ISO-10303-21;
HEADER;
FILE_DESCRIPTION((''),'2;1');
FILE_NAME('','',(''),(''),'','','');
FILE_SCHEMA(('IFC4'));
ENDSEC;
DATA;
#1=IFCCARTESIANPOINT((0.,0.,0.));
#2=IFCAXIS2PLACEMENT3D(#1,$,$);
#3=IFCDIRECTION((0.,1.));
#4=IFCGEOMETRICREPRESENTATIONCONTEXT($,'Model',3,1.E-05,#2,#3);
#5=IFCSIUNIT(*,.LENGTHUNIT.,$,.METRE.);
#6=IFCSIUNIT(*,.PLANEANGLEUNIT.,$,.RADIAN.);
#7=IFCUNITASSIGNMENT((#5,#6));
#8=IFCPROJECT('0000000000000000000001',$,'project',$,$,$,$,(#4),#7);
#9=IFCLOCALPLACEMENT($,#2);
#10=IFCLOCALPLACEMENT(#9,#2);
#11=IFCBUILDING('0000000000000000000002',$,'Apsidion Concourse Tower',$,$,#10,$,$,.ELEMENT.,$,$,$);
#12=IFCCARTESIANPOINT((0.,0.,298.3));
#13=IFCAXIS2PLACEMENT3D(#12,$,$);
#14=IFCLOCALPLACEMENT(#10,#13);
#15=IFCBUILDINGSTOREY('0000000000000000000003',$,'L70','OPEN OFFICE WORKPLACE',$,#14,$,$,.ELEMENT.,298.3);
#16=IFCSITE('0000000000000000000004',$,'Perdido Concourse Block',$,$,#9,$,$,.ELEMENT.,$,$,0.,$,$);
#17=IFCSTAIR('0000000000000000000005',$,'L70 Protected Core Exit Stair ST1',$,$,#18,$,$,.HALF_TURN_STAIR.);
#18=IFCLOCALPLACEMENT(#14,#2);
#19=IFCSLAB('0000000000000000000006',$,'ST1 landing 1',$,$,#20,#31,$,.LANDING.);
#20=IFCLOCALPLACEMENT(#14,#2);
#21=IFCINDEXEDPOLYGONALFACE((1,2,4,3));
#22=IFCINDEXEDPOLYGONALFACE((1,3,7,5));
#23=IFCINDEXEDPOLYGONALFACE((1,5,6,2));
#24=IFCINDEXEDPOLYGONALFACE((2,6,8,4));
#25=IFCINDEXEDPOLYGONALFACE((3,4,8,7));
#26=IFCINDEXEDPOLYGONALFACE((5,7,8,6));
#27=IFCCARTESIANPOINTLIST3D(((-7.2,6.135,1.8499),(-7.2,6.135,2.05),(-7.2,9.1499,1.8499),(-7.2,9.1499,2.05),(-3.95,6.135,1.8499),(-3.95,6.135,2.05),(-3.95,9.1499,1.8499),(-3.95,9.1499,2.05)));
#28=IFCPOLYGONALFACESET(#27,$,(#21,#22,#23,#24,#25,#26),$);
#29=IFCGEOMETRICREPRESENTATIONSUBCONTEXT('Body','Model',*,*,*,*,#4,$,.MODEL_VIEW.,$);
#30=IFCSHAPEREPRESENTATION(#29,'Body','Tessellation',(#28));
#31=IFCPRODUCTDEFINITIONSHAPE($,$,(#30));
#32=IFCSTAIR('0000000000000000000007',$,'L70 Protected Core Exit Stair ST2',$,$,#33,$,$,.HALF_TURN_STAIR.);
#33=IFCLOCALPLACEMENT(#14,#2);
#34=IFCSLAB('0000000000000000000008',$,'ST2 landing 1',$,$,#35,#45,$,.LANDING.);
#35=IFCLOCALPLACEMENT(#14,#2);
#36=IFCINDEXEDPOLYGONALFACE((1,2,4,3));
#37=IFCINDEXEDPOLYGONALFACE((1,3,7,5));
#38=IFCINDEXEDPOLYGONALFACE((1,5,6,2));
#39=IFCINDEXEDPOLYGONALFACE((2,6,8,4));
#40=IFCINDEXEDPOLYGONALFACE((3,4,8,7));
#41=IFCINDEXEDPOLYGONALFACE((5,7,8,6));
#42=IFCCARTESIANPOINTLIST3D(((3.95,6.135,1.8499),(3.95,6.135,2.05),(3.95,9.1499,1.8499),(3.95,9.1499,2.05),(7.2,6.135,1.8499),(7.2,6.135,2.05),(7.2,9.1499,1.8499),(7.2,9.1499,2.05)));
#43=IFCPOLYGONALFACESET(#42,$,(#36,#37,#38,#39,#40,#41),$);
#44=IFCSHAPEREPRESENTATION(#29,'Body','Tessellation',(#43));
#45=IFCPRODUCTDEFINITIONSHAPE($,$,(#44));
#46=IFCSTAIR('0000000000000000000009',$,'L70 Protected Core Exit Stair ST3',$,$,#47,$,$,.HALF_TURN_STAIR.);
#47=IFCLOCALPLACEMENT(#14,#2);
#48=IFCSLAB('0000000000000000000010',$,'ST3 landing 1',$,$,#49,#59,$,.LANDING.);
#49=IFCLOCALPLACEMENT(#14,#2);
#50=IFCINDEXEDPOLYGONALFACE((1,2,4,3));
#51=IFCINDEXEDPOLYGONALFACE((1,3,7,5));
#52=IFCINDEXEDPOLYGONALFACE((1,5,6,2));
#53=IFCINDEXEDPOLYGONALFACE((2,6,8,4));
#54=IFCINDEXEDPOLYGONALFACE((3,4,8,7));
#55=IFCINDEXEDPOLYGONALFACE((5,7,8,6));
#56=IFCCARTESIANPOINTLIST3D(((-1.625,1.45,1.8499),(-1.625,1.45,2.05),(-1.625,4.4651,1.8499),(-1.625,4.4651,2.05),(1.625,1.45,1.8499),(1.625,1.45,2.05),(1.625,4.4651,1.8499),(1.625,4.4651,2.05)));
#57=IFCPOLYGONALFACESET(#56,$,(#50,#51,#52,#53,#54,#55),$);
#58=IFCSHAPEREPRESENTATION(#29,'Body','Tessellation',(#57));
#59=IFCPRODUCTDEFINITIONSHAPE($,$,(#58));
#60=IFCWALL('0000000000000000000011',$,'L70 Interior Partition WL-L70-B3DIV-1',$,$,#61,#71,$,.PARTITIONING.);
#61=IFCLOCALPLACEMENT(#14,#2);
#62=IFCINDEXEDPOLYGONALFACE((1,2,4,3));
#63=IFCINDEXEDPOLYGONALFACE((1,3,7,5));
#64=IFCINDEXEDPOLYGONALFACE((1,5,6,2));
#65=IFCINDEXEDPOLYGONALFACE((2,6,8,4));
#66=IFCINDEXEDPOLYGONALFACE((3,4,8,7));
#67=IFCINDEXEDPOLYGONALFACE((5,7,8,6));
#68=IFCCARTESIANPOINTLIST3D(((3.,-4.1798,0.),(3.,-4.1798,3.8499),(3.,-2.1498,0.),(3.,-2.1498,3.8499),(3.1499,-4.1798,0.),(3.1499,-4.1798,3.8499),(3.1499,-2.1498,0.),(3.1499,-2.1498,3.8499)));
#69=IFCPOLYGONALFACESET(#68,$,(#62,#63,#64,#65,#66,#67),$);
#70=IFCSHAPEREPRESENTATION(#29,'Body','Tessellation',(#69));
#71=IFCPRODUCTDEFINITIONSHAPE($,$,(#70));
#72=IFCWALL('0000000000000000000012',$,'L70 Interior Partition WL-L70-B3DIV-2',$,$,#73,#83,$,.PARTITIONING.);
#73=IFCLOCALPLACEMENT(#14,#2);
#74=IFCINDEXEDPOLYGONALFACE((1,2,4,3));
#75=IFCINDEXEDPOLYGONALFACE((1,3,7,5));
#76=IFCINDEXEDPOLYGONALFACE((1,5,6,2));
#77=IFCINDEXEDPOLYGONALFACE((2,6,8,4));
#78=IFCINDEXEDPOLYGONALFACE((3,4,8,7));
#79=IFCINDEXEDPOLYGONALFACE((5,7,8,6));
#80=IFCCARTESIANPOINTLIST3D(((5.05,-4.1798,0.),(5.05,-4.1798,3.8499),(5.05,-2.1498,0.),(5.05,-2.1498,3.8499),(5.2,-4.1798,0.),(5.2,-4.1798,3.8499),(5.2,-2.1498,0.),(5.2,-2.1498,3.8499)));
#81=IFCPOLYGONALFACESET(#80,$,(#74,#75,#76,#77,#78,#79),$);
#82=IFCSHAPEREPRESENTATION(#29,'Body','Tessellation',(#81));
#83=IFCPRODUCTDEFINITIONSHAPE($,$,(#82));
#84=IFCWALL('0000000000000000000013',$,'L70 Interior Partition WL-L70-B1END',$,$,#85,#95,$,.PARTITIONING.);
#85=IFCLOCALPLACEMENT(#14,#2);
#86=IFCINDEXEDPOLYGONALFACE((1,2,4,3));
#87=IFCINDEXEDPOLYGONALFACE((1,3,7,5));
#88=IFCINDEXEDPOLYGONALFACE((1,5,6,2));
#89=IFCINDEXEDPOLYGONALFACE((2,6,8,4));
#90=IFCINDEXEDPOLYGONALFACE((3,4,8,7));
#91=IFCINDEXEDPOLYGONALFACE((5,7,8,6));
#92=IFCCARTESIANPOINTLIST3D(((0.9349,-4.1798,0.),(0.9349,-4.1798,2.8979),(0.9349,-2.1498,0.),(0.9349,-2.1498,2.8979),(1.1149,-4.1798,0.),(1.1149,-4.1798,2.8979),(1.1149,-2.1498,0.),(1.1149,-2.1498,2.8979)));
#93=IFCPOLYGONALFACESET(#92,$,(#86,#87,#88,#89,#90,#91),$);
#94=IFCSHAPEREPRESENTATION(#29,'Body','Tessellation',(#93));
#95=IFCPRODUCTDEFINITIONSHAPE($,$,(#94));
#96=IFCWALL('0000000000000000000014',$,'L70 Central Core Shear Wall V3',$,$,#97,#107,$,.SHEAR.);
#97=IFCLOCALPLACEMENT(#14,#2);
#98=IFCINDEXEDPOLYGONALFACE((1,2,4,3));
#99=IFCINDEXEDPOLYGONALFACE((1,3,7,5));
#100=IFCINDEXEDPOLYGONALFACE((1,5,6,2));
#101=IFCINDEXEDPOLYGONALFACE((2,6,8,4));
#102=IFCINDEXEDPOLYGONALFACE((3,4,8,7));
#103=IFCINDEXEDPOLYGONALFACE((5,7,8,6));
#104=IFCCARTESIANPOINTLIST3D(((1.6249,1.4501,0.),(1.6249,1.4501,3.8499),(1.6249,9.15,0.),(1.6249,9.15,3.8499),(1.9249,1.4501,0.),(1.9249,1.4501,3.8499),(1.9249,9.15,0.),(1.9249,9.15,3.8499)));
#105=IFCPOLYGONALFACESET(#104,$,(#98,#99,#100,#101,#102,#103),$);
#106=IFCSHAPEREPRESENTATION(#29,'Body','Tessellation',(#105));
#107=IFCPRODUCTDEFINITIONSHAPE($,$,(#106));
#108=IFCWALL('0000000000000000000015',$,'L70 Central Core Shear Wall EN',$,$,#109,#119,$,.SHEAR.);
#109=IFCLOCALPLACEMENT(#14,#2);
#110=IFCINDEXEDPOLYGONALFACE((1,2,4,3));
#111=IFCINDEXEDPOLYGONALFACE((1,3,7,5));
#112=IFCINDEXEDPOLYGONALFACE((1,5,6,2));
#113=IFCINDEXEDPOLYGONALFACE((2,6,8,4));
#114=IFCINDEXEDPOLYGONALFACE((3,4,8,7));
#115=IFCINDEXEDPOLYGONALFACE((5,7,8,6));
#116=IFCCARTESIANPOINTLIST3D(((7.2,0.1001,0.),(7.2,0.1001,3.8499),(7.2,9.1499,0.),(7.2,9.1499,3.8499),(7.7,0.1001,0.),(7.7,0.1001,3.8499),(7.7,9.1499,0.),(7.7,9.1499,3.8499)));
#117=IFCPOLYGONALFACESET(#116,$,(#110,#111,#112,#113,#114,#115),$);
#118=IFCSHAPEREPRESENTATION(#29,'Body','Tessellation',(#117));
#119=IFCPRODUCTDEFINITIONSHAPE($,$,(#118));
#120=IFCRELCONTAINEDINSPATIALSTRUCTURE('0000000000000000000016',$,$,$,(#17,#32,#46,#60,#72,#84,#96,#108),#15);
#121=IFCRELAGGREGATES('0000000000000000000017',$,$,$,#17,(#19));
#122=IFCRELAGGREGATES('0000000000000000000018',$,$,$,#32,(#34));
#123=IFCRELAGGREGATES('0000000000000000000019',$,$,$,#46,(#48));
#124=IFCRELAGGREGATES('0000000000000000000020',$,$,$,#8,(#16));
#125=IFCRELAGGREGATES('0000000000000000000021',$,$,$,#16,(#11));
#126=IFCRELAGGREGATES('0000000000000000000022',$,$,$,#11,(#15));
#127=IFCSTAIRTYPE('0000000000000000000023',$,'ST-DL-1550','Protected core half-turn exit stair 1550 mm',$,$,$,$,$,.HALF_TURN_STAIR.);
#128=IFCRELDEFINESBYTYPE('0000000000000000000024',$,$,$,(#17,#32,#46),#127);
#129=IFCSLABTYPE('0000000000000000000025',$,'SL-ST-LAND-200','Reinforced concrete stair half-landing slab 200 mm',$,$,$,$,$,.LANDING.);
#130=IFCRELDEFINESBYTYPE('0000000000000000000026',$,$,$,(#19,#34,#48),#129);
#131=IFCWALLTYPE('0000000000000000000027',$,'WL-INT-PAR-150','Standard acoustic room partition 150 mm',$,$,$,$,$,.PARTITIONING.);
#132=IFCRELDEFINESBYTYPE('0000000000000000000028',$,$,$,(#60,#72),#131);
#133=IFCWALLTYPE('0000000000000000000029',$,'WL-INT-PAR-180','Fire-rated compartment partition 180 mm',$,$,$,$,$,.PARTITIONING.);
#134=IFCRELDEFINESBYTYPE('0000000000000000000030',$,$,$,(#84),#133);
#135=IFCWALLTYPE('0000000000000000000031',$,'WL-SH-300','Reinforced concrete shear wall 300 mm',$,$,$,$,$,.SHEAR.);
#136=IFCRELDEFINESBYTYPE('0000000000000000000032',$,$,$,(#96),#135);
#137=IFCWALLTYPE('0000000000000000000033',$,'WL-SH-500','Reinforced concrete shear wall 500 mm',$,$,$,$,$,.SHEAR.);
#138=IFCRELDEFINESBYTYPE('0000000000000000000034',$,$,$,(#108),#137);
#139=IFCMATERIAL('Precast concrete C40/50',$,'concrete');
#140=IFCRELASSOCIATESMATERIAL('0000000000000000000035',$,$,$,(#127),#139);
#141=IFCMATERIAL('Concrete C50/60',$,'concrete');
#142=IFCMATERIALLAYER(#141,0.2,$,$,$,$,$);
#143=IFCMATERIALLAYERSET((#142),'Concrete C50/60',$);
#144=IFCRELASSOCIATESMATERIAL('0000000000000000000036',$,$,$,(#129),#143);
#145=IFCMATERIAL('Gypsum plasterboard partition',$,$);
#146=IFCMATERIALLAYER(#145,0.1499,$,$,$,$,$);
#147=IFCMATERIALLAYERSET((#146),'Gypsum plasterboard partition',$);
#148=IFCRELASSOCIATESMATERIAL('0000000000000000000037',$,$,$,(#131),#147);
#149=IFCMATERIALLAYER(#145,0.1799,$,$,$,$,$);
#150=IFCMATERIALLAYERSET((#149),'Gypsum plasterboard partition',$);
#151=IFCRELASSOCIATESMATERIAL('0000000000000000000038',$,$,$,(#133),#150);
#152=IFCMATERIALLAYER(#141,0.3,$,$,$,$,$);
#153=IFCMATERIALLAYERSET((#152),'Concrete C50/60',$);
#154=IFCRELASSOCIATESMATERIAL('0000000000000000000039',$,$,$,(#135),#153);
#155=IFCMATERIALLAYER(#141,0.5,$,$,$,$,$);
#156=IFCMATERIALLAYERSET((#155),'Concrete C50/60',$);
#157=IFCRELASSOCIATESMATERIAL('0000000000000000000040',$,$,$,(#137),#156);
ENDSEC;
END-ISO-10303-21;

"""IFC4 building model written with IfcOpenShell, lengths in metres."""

from ifc_helpers import new_model, si_unit, direction, frame, frame_2d, origin, place, context, subcontext, project, spatial, polyline, rectangle, outline, extrude, material, layer, layer_set, type_object, element, aggregate, save


model = new_model("IFC4")

# Units and contexts
model_context = context("Model", 3, precision=1e-05, world=origin(), true_north=direction((0.0, 1.0)))
body_context = subcontext(model_context, "Body", "Model", "MODEL_VIEW")
ifc_project = project(units=[si_unit("LENGTHUNIT", "METRE"), si_unit("PLANEANGLEUNIT", "RADIAN")], contexts=[model_context])

# Site, building, storey
site_placement = place(None, origin())
site = spatial("IfcSite", under=ifc_project, at=site_placement, Name="Perdido Concourse Block", CompositionType="ELEMENT", RefElevation=0.0)
building_placement = place(site_placement, origin())
building = spatial("IfcBuilding", under=site, at=building_placement, Name="Apsidion Concourse Tower", CompositionType="ELEMENT")
storey_placement = place(building_placement, frame((0.0, 0.0, 298.3)))
storey = spatial("IfcBuildingStorey", under=building, at=storey_placement, Name="L70", Description="OPEN OFFICE WORKPLACE", CompositionType="ELEMENT", Elevation=298.3)

# Shared definitions
ifc_material_1 = material(Name="Concrete C50/60", Category="concrete")

# Stairs, slabs
ifc_material_2 = material(Name="Precast concrete C40/50", Category="concrete")
stair_type = type_object("IfcStairType", Name="ST-DL-1550", Description="Protected core half-turn exit stair 1550 mm", PredefinedType="HALF_TURN_STAIR", material=ifc_material_2)
stair_1_placement = place(storey_placement, origin())
stair_1 = element("IfcStair", 1, at=stair_1_placement, inside=storey, type_object=stair_type, Name="L70 Protected Core Exit Stair ST1", PredefinedType="HALF_TURN_STAIR")
ifc_layer_1 = layer(ifc_material_1, 0.2)
ifc_layer_set_1 = layer_set([ifc_layer_1], Name="Concrete C50/60")
slab_type_1 = type_object("IfcSlabType", Name="SL-ST-LAND-200", Description="Reinforced concrete stair half-landing slab 200 mm", PredefinedType="LANDING", material=ifc_layer_set_1)
slab_1_placement = place(storey_placement, frame((0.0, 0.0, 1.8499)))
slab_1 = element("IfcSlab", 2, at=slab_1_placement, type_object=slab_type_1, Name="ST1 landing 1", PredefinedType="LANDING", context=body_context, shape_type="SweptSolid", body=[
    extrude(outline(polyline([(-3.95, 6.135), (-3.95, 9.1499), (-7.2, 9.1499), (-7.2, 6.135), (-3.95, 6.135)])), origin(), (0.0, 0.0, 1.0), 0.2002),
])
aggregate(stair_1, [slab_1])
stair_2_placement = place(storey_placement, origin())
stair_2 = element("IfcStair", 3, at=stair_2_placement, inside=storey, type_object=stair_type, Name="L70 Protected Core Exit Stair ST2", PredefinedType="HALF_TURN_STAIR")
slab_2_placement = place(storey_placement, frame((0.0, 0.0, 1.8499)))
slab_2 = element("IfcSlab", 4, at=slab_2_placement, type_object=slab_type_1, Name="ST2 landing 1", PredefinedType="LANDING", context=body_context, shape_type="SweptSolid", body=[
    extrude(outline(polyline([(7.2, 6.135), (7.2, 9.1499), (3.95, 9.1499), (3.95, 6.135), (7.2, 6.135)])), origin(), (0.0, 0.0, 1.0), 0.2002),
])
aggregate(stair_2, [slab_2])
stair_3_placement = place(storey_placement, origin())
stair_3 = element("IfcStair", 5, at=stair_3_placement, inside=storey, type_object=stair_type, Name="L70 Protected Core Exit Stair ST3", PredefinedType="HALF_TURN_STAIR")
slab_3_placement = place(storey_placement, frame((0.0, 0.0, 1.8499)))
slab_3 = element("IfcSlab", 6, at=slab_3_placement, type_object=slab_type_1, Name="ST3 landing 1", PredefinedType="LANDING", context=body_context, shape_type="SweptSolid", body=[
    extrude(outline(polyline([(-1.625, 4.4651), (-1.625, 1.45), (1.625, 1.45), (1.625, 4.4651), (-1.625, 4.4651)])), origin(), (0.0, 0.0, 1.0), 0.2002),
])
aggregate(stair_3, [slab_3])

# Walls
ifc_material_3 = material(Name="Gypsum plasterboard partition")
ifc_layer_2 = layer(ifc_material_3, 0.1499)
ifc_layer_set_2 = layer_set([ifc_layer_2], Name="Gypsum plasterboard partition")
wall_type_1 = type_object("IfcWallType", Name="WL-INT-PAR-150", Description="Standard acoustic room partition 150 mm", PredefinedType="PARTITIONING", material=ifc_layer_set_2)
for number, where, z_axis, x_axis, name in (
    (7, (3.075, -4.1799, 0.0), (0.0, 0.0, 1.0), (0.0, 1.0, 0.0), "L70 Interior Partition WL-L70-B3DIV-1"),
    (8, (5.125, -4.1799, 0.0), (0.0, 0.0, 1.0), (0.0, 1.0, 0.0), "L70 Interior Partition WL-L70-B3DIV-2"),
):
    element("IfcWall", number, at=place(storey_placement, frame(where, z_axis=z_axis, x_axis=x_axis)), inside=storey, type_object=wall_type_1, Name=name, PredefinedType="PARTITIONING", context=body_context, shape_type="SweptSolid", body=[
        extrude(rectangle(XDim=2.03, YDim=0.1499, at=frame_2d((1.0151, 0.0))), origin(), (0.0, 0.0, 1.0), 3.8499),
    ])
ifc_layer_3 = layer(ifc_material_3, 0.1799)
ifc_layer_set_3 = layer_set([ifc_layer_3], Name="Gypsum plasterboard partition")
wall_type_2 = type_object("IfcWallType", Name="WL-INT-PAR-180", Description="Fire-rated compartment partition 180 mm", PredefinedType="PARTITIONING", material=ifc_layer_set_3)
wall_1_placement = place(storey_placement, frame((1.0249, -4.1799, 0.0), z_axis=(0.0, 0.0, 1.0), x_axis=(0.0, 1.0, 0.0)))
element("IfcWall", 9, at=wall_1_placement, inside=storey, type_object=wall_type_2, Name="L70 Interior Partition WL-L70-B1END", PredefinedType="PARTITIONING", context=body_context, shape_type="SweptSolid", body=[
    extrude(rectangle(XDim=2.03, YDim=0.1799, at=frame_2d((1.0151, 0.0))), origin(), (0.0, 0.0, 1.0), 2.8979),
])

# Walls
ifc_layer_4 = layer(ifc_material_1, 0.3)
ifc_layer_set_4 = layer_set([ifc_layer_4], Name="Concrete C50/60")
wall_type_3 = type_object("IfcWallType", Name="WL-SH-300", Description="Reinforced concrete shear wall 300 mm", PredefinedType="SHEAR", material=ifc_layer_set_4)
wall_2_placement = place(storey_placement, frame((1.7749, 1.45, 0.0), z_axis=(0.0, 0.0, 1.0), x_axis=(0.0, 1.0, 0.0)))
element("IfcWall", 10, at=wall_2_placement, inside=storey, type_object=wall_type_3, Name="L70 Central Core Shear Wall V3", PredefinedType="SHEAR", context=body_context, shape_type="SweptSolid", body=[
    extrude(rectangle(XDim=7.7, YDim=0.3, at=frame_2d((3.8501, 0.0))), origin(), (0.0, 0.0, 1.0), 3.8499),
])
ifc_layer_5 = layer(ifc_material_1, 0.5)
ifc_layer_set_5 = layer_set([ifc_layer_5], Name="Concrete C50/60")
wall_type_4 = type_object("IfcWallType", Name="WL-SH-500", Description="Reinforced concrete shear wall 500 mm", PredefinedType="SHEAR", material=ifc_layer_set_5)
wall_3_placement = place(storey_placement, frame((7.45, 0.1001, 0.0), z_axis=(0.0, 0.0, 1.0), x_axis=(0.0, 1.0, 0.0)))
element("IfcWall", 11, at=wall_3_placement, inside=storey, type_object=wall_type_4, Name="L70 Central Core Shear Wall EN", PredefinedType="SHEAR", context=body_context, shape_type="SweptSolid", body=[
    extrude(rectangle(XDim=9.0498, YDim=0.5, at=frame_2d((4.5249, 0.0))), origin(), (0.0, 0.0, 1.0), 3.8499),
])

save(model, "model.ifc")
